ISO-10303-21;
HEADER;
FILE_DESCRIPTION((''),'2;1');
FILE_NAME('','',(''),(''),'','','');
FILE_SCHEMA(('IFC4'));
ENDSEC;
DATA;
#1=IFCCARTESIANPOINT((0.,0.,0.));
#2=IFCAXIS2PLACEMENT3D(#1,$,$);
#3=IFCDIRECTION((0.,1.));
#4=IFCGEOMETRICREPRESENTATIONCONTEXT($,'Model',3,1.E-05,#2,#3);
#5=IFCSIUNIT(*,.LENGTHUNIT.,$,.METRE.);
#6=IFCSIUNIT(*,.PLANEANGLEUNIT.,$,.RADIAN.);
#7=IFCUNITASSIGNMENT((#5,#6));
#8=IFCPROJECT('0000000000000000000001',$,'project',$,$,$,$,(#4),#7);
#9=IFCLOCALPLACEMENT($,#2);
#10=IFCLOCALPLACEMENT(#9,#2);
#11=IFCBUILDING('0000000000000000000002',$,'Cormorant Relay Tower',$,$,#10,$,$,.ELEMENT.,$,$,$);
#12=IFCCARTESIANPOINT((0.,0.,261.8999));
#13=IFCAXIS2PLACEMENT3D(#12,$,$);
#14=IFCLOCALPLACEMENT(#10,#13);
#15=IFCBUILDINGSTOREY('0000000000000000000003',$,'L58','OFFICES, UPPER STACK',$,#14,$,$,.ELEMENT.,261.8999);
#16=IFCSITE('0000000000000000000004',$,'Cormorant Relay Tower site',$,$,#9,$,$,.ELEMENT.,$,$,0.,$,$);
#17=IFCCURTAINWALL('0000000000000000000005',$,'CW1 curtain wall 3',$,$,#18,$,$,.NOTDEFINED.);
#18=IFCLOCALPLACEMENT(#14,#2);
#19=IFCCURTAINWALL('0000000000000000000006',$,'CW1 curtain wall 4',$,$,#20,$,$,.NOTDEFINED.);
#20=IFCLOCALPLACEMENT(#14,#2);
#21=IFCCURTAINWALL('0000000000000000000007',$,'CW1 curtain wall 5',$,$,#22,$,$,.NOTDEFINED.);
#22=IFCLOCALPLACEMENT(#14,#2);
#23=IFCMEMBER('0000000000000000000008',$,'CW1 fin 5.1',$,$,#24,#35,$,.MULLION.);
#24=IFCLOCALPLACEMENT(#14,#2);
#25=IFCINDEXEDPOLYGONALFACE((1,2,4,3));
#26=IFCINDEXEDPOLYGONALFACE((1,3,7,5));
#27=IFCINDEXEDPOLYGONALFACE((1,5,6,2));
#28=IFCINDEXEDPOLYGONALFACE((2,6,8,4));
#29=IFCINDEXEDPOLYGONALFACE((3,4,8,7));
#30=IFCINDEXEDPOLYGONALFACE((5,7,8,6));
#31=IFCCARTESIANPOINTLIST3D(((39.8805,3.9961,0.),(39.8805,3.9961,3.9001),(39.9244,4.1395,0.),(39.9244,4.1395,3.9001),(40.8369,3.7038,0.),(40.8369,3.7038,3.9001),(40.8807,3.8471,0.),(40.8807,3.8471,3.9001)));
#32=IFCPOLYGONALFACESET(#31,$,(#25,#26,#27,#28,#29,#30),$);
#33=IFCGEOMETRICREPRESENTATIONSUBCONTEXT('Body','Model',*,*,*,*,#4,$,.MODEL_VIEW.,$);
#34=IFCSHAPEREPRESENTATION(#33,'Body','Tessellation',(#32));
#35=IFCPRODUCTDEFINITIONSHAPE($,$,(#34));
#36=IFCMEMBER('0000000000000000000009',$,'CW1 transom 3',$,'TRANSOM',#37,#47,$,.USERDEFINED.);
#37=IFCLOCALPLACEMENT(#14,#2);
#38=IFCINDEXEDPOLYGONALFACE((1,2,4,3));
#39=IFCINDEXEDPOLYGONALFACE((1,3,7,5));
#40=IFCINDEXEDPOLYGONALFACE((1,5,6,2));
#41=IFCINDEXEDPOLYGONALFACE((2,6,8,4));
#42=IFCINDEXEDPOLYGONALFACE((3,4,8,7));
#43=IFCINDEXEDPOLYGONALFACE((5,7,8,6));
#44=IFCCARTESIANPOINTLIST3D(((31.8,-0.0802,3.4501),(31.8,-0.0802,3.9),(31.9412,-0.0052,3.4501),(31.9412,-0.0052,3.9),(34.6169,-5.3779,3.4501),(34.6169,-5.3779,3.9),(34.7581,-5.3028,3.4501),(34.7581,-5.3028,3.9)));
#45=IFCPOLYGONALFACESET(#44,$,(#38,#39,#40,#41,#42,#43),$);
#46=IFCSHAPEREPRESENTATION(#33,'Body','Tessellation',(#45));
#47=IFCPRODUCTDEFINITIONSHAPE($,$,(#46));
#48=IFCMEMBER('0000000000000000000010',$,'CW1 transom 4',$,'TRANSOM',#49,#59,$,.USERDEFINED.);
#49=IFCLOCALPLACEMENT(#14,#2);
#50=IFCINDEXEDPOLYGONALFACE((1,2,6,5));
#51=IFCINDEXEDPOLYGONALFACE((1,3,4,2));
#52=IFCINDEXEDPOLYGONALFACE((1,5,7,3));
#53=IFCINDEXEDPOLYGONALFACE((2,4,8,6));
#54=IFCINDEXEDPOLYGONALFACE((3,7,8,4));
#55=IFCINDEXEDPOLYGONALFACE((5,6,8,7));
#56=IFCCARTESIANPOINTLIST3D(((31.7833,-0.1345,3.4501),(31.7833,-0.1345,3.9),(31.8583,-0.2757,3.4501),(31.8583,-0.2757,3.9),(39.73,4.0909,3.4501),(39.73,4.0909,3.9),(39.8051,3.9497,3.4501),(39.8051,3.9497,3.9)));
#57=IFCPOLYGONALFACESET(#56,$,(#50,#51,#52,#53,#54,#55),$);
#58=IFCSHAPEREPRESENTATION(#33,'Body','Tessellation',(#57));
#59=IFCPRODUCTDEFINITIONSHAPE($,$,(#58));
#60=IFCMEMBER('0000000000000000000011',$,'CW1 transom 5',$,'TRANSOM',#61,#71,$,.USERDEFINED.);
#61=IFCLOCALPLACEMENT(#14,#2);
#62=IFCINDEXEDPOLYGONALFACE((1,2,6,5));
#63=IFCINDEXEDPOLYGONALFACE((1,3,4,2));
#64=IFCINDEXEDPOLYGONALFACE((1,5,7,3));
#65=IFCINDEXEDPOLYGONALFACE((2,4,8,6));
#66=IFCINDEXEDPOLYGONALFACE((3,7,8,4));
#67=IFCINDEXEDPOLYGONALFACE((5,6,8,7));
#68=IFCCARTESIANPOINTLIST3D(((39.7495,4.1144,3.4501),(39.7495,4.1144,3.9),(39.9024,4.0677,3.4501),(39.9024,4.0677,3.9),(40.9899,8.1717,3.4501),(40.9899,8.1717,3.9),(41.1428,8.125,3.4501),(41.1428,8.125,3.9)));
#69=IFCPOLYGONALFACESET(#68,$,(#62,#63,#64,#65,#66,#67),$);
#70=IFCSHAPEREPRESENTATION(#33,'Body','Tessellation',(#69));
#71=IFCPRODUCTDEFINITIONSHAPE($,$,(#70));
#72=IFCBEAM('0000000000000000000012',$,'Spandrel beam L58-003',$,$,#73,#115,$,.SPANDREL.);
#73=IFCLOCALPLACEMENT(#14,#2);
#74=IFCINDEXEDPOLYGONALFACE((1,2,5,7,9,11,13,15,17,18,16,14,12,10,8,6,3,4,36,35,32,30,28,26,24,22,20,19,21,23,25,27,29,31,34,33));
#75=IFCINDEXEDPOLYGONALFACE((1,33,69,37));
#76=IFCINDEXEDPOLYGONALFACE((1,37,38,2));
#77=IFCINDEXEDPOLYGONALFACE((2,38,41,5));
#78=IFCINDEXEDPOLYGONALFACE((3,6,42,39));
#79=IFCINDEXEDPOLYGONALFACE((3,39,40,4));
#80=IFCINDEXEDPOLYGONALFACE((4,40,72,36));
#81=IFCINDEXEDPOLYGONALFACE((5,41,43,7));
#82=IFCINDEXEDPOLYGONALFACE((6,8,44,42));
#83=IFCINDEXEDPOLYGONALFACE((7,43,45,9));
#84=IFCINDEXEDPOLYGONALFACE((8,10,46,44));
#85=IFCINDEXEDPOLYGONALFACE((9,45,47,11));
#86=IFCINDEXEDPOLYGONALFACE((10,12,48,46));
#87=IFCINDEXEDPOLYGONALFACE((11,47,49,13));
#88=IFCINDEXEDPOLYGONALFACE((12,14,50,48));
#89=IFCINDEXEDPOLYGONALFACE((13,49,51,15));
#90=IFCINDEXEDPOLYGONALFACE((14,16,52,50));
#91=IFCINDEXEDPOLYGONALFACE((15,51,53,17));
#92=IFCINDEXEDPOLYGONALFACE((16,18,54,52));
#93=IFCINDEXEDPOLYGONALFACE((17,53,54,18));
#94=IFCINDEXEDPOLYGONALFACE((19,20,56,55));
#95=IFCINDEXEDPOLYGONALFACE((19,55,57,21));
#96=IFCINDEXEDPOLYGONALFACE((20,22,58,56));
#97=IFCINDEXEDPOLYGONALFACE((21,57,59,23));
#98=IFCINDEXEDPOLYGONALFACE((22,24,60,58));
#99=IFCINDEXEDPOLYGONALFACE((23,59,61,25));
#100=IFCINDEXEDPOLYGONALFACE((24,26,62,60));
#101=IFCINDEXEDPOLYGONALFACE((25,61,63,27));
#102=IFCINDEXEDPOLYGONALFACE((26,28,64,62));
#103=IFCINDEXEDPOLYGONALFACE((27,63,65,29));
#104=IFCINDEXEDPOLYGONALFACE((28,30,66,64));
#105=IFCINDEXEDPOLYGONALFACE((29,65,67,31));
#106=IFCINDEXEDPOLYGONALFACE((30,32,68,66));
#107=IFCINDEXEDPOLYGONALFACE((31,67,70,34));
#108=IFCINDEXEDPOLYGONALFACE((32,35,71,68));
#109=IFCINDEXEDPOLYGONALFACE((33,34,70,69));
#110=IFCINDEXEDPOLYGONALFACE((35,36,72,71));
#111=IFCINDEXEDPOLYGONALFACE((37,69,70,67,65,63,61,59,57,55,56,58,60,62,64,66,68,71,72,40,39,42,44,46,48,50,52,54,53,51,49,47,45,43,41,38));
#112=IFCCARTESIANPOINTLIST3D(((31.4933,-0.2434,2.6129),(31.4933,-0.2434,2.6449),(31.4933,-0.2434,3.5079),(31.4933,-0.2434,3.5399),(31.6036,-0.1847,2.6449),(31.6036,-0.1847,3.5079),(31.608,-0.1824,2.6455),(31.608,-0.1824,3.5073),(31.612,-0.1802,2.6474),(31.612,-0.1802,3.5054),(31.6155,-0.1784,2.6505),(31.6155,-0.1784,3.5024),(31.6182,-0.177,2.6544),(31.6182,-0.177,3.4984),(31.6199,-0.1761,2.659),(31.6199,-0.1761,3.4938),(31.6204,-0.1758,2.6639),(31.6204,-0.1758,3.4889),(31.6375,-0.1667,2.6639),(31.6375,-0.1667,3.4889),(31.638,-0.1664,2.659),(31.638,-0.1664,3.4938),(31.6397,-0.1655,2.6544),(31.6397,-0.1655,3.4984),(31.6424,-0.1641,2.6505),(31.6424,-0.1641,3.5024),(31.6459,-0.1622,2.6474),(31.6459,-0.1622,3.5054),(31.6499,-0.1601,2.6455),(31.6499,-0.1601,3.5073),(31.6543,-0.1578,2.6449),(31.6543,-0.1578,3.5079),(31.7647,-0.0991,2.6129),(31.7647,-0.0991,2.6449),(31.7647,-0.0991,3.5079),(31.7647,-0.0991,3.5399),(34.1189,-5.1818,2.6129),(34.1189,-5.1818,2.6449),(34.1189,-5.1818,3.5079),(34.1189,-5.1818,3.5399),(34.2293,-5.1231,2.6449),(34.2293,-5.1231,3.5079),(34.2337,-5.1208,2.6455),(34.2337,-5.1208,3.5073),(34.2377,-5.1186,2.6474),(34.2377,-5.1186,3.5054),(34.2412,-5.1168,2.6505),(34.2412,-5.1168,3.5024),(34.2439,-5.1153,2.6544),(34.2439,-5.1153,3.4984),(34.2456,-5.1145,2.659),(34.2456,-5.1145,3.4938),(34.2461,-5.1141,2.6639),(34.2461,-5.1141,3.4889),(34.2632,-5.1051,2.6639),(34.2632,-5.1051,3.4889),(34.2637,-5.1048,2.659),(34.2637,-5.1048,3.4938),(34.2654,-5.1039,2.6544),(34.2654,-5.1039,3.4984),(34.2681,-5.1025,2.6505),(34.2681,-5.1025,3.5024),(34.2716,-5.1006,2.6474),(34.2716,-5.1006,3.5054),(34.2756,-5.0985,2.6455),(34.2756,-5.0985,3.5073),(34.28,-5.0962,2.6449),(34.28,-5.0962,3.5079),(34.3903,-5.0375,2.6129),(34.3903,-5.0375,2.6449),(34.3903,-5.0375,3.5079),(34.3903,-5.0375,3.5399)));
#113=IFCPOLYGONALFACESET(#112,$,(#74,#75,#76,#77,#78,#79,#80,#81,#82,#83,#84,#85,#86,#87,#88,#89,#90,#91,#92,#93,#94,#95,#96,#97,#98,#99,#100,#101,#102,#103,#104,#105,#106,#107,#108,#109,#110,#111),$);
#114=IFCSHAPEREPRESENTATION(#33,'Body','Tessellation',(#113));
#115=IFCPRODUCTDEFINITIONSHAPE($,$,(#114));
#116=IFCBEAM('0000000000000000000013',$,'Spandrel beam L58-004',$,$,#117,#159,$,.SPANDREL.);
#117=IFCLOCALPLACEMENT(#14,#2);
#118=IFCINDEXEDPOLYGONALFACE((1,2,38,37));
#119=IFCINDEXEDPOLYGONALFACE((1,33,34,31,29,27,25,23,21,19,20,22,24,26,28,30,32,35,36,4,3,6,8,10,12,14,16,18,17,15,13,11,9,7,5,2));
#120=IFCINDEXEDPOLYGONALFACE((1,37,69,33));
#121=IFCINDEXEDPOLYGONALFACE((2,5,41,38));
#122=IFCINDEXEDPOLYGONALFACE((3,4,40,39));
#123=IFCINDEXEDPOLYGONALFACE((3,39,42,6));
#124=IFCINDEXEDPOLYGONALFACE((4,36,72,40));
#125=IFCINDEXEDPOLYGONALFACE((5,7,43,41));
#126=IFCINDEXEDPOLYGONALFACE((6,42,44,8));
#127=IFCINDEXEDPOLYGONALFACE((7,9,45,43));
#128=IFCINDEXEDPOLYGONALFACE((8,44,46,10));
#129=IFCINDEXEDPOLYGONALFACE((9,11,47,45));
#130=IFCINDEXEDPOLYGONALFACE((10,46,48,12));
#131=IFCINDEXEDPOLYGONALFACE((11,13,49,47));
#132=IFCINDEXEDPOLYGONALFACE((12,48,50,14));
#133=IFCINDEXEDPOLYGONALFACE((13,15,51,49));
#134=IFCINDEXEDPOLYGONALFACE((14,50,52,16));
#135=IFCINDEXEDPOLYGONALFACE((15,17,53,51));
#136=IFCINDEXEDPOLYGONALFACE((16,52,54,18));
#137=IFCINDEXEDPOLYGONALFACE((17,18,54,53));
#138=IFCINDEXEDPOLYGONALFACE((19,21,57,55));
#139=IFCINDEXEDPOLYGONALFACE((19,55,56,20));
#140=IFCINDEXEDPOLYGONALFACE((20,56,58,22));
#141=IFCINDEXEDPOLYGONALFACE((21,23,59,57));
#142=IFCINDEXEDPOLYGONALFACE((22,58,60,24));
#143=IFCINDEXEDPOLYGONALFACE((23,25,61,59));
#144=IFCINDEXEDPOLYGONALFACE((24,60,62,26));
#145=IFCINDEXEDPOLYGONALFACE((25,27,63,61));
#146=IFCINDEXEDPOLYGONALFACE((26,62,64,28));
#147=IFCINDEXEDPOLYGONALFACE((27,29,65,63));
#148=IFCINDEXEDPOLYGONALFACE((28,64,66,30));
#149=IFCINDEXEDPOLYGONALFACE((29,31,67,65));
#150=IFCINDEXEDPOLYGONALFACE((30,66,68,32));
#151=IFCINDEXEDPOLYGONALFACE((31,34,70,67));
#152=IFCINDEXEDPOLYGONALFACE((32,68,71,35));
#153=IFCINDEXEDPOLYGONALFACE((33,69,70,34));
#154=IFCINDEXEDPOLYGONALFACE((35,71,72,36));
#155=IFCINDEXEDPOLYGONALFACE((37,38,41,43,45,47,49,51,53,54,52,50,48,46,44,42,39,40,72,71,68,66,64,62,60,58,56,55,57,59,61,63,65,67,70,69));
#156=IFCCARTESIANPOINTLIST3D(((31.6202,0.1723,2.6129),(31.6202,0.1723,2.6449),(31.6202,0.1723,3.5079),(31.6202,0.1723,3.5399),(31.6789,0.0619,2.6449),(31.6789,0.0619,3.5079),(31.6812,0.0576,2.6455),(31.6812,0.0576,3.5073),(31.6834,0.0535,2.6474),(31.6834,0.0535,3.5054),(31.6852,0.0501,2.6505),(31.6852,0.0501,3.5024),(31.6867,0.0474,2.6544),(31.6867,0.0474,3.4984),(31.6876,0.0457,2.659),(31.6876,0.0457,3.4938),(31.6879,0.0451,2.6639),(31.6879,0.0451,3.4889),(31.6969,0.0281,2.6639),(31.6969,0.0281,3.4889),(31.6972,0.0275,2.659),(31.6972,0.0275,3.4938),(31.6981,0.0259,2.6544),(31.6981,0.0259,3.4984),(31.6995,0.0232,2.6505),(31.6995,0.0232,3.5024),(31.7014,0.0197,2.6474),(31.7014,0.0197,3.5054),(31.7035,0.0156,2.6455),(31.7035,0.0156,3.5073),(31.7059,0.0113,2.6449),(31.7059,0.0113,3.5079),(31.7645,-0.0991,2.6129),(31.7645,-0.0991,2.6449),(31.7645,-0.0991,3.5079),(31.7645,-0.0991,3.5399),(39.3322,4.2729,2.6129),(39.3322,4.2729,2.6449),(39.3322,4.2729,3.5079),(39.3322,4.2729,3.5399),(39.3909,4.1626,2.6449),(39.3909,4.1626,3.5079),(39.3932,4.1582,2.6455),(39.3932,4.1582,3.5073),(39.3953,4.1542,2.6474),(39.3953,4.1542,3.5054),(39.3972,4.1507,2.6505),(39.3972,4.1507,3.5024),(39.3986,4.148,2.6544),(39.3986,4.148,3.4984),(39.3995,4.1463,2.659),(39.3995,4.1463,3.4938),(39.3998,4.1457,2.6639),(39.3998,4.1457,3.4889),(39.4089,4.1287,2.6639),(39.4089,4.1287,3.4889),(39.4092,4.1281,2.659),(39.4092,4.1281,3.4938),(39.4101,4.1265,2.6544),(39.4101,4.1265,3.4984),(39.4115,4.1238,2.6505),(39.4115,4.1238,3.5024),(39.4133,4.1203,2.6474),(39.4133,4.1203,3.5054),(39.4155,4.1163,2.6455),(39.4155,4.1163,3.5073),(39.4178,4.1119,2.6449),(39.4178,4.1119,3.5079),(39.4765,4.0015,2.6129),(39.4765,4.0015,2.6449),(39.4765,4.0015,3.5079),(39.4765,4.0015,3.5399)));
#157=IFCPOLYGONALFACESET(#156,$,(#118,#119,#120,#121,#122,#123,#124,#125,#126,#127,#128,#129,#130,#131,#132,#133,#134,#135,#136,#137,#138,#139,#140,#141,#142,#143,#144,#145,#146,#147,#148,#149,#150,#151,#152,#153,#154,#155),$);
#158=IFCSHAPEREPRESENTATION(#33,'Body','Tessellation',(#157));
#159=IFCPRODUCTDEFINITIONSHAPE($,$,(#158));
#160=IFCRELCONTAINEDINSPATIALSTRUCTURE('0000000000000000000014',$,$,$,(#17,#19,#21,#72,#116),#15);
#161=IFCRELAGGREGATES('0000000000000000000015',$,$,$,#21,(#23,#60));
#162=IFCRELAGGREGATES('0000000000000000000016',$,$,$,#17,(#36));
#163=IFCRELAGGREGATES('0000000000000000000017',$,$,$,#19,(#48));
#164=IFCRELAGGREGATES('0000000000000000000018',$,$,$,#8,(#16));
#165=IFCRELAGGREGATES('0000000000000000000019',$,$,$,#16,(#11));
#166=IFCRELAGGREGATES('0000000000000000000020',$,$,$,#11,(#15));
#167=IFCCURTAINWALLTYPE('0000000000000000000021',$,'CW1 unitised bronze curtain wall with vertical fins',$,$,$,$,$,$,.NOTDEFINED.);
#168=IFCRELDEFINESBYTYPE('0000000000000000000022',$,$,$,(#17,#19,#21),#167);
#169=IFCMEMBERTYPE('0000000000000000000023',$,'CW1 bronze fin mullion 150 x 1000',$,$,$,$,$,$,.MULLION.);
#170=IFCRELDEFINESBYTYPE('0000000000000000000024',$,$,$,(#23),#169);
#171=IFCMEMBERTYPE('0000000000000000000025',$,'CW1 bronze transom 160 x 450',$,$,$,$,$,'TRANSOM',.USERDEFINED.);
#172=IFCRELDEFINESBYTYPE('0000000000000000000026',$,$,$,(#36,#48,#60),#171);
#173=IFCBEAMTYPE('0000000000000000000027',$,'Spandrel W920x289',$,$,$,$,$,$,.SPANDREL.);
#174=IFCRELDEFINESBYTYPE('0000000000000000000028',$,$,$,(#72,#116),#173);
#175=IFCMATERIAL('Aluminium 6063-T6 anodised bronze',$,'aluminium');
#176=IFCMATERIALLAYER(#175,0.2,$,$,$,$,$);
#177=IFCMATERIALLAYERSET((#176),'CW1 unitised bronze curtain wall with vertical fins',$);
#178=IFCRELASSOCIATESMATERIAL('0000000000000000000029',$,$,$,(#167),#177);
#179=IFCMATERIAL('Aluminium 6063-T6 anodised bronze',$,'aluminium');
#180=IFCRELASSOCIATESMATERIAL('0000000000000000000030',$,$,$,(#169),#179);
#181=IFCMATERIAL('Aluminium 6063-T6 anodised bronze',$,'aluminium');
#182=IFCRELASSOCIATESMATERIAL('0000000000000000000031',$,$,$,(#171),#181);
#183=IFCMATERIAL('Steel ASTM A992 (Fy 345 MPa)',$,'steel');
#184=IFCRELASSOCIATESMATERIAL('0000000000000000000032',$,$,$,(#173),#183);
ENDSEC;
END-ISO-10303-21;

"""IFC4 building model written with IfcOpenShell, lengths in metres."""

from ifc_helpers import new_model, si_unit, direction, frame, origin, origin_2d, place, context, subcontext, project, spatial, rectangle, i_section, extrude, material, layer, layer_set, material_profile, profile_set, type_object, element, aggregate, save


model = new_model("IFC4")

# Units and contexts
model_context = context("Model", 3, precision=1e-05, world=origin(), true_north=direction((0.0, 1.0)))
body_context = subcontext(model_context, "Body", "Model", "MODEL_VIEW")
ifc_project = project(units=[si_unit("LENGTHUNIT", "METRE"), si_unit("PLANEANGLEUNIT", "RADIAN")], contexts=[model_context])

# Site, building, storey
site_placement = place(None, origin())
site = spatial("IfcSite", under=ifc_project, at=site_placement, Name="Cormorant Relay Tower site", CompositionType="ELEMENT", RefElevation=0.0)
building_placement = place(site_placement, origin())
building = spatial("IfcBuilding", under=site, at=building_placement, Name="Cormorant Relay Tower", CompositionType="ELEMENT")
storey_placement = place(building_placement, frame((0.0, 0.0, 261.8999)))
storey = spatial("IfcBuildingStorey", under=building, at=storey_placement, Name="L58", Description="OFFICES, UPPER STACK", CompositionType="ELEMENT", Elevation=261.8999)

# Curtain wall
ifc_material_1 = material(Name="Aluminium 6063-T6 anodised bronze", Category="aluminium")
ifc_layer_1 = layer(ifc_material_1, 0.2)
ifc_layer_set_1 = layer_set([ifc_layer_1], Name="CW1 unitised bronze curtain wall with vertical fins")
curtain_wall_type = type_object("IfcCurtainWallType", Name="CW1 unitised bronze curtain wall with vertical fins", PredefinedType="NOTDEFINED", material=ifc_layer_set_1)
ifc_material_2 = material(Name="Aluminium 6063-T6 anodised bronze", Category="aluminium")
ifc_material_profile_1 = material_profile(ifc_material_2, rectangle(XDim=0.1499, YDim=1.0, at=origin_2d()), Name="AL 150x1000")
ifc_profile_set_1 = profile_set([ifc_material_profile_1], Name="Aluminium 6063-T6 anodised bronze")
member_type_1 = type_object("IfcMemberType", Name="CW1 bronze fin mullion 150 x 1000", PredefinedType="MULLION", material=ifc_profile_set_1)
curtain_wall_1_placement = place(storey_placement, origin())
curtain_wall_1 = element("IfcCurtainWall", 1, at=curtain_wall_1_placement, inside=storey, type_object=curtain_wall_type, Name="CW1 curtain wall 3", PredefinedType="NOTDEFINED")

# Curtain wall
curtain_wall_2_placement = place(storey_placement, origin())
curtain_wall_2 = element("IfcCurtainWall", 2, at=curtain_wall_2_placement, inside=storey, type_object=curtain_wall_type, Name="CW1 curtain wall 4", PredefinedType="NOTDEFINED")

# Curtain wall, member
curtain_wall_3_placement = place(storey_placement, origin())
curtain_wall_3 = element("IfcCurtainWall", 3, at=curtain_wall_3_placement, inside=storey, type_object=curtain_wall_type, Name="CW1 curtain wall 5", PredefinedType="NOTDEFINED")
member_1_placement = place(storey_placement, frame((40.3806, 3.9216, 0.0), z_axis=(0.0, 0.0, 1.0), x_axis=(0.292372, 0.956305, 0.0)))
member_1 = element("IfcMember", 4, at=member_1_placement, type_object=member_type_1, Name="CW1 fin 5.1", PredefinedType="MULLION", context=body_context, shape_type="SweptSolid", body=[
    extrude(rectangle(XDim=0.1499, YDim=1.0, at=origin_2d()), origin(), (0.0, 0.0, 1.0), 3.9001),
])

# Members
ifc_material_3 = material(Name="Aluminium 6063-T6 anodised bronze", Category="aluminium")
ifc_material_profile_2 = material_profile(ifc_material_3, rectangle(XDim=0.1599, YDim=0.45, at=origin_2d()), Name="AL 160x450")
ifc_profile_set_2 = profile_set([ifc_material_profile_2], Name="Aluminium 6063-T6 anodised bronze")
member_type_2 = type_object("IfcMemberType", Name="CW1 bronze transom 160 x 450", ElementType="TRANSOM", PredefinedType="USERDEFINED", material=ifc_profile_set_2)
member_2_placement = place(storey_placement, frame((34.6875, -5.3403, 3.675), z_axis=(-0.469485, 0.88294, 0.0), x_axis=(-0.88294, -0.469485, 0.0)))
member_2 = element("IfcMember", 5, at=member_2_placement, type_object=member_type_2, Name="CW1 transom 3", ObjectType="TRANSOM", PredefinedType="USERDEFINED", context=body_context, shape_type="SweptSolid", body=[
    extrude(rectangle(XDim=0.1599, YDim=0.45, at=origin_2d()), origin(), (0.0, 0.0, 1.0), 6.0),
])
member_3_placement = place(storey_placement, frame((31.8208, -0.2051, 3.675), z_axis=(0.882949, 0.469469, 0.0), x_axis=(-0.469469, 0.882949, 0.0)))
member_3 = element("IfcMember", 6, at=member_3_placement, type_object=member_type_2, Name="CW1 transom 4", ObjectType="TRANSOM", PredefinedType="USERDEFINED", context=body_context, shape_type="SweptSolid", body=[
    extrude(rectangle(XDim=0.1599, YDim=0.45, at=origin_2d()), origin(), (0.0, 0.0, 1.0), 9.0002),
])
member_4_placement = place(storey_placement, frame((39.8259, 4.0911, 3.675), z_axis=(0.292375, 0.956304, 0.0), x_axis=(-0.956304, 0.292375, 0.0)))
member_4 = element("IfcMember", 7, at=member_4_placement, type_object=member_type_2, Name="CW1 transom 5", ObjectType="TRANSOM", PredefinedType="USERDEFINED", context=body_context, shape_type="SweptSolid", body=[
    extrude(rectangle(XDim=0.1599, YDim=0.45, at=origin_2d()), origin(), (0.0, 0.0, 1.0), 4.2427),
])
aggregate(curtain_wall_3, [member_1, member_4])

# Beams
ifc_material_4 = material(Name="Steel ASTM A992 (Fy 345 MPa)", Category="steel")
ifc_material_profile_3 = material_profile(ifc_material_4, i_section(OverallWidth=0.3074, OverallDepth=0.927, WebThickness=0.0193, FlangeThickness=0.032, FilletRadius=0.019, at=origin_2d()), Name="W920x289")
ifc_profile_set_3 = profile_set([ifc_material_profile_3], Name="Steel ASTM A992 (Fy 345 MPa)")
beam_type = type_object("IfcBeamType", Name="Spandrel W920x289", PredefinedType="SPANDREL", material=ifc_profile_set_3)
beam_1_placement = place(storey_placement, frame((34.2546, -5.1096, 3.0764), z_axis=(-0.469457, 0.882955, 0.0), x_axis=(-0.882955, -0.469457, 0.0)))
element("IfcBeam", 8, at=beam_1_placement, inside=storey, type_object=beam_type, Name="Spandrel beam L58-003", PredefinedType="SPANDREL", context=body_context, shape_type="SweptSolid", body=[
    extrude(i_section(OverallWidth=0.3074, OverallDepth=0.927, WebThickness=0.0193, FlangeThickness=0.032, FilletRadius=0.019, at=origin_2d()), origin(), (0.0, 0.0, 1.0), 5.593),
])
beam_2_placement = place(storey_placement, frame((31.6924, 0.0366, 3.0764), z_axis=(0.882943, 0.469479, 0.0), x_axis=(-0.469479, 0.882943, 0.0)))
element("IfcBeam", 9, at=beam_2_placement, inside=storey, type_object=beam_type, Name="Spandrel beam L58-004", PredefinedType="SPANDREL", context=body_context, shape_type="SweptSolid", body=[
    extrude(i_section(OverallWidth=0.3074, OverallDepth=0.927, WebThickness=0.0193, FlangeThickness=0.032, FilletRadius=0.019, at=origin_2d()), origin(), (0.0, 0.0, 1.0), 8.7344),
])

aggregate(curtain_wall_1, [member_2])
aggregate(curtain_wall_2, [member_3])

save(model, "model.ifc")
